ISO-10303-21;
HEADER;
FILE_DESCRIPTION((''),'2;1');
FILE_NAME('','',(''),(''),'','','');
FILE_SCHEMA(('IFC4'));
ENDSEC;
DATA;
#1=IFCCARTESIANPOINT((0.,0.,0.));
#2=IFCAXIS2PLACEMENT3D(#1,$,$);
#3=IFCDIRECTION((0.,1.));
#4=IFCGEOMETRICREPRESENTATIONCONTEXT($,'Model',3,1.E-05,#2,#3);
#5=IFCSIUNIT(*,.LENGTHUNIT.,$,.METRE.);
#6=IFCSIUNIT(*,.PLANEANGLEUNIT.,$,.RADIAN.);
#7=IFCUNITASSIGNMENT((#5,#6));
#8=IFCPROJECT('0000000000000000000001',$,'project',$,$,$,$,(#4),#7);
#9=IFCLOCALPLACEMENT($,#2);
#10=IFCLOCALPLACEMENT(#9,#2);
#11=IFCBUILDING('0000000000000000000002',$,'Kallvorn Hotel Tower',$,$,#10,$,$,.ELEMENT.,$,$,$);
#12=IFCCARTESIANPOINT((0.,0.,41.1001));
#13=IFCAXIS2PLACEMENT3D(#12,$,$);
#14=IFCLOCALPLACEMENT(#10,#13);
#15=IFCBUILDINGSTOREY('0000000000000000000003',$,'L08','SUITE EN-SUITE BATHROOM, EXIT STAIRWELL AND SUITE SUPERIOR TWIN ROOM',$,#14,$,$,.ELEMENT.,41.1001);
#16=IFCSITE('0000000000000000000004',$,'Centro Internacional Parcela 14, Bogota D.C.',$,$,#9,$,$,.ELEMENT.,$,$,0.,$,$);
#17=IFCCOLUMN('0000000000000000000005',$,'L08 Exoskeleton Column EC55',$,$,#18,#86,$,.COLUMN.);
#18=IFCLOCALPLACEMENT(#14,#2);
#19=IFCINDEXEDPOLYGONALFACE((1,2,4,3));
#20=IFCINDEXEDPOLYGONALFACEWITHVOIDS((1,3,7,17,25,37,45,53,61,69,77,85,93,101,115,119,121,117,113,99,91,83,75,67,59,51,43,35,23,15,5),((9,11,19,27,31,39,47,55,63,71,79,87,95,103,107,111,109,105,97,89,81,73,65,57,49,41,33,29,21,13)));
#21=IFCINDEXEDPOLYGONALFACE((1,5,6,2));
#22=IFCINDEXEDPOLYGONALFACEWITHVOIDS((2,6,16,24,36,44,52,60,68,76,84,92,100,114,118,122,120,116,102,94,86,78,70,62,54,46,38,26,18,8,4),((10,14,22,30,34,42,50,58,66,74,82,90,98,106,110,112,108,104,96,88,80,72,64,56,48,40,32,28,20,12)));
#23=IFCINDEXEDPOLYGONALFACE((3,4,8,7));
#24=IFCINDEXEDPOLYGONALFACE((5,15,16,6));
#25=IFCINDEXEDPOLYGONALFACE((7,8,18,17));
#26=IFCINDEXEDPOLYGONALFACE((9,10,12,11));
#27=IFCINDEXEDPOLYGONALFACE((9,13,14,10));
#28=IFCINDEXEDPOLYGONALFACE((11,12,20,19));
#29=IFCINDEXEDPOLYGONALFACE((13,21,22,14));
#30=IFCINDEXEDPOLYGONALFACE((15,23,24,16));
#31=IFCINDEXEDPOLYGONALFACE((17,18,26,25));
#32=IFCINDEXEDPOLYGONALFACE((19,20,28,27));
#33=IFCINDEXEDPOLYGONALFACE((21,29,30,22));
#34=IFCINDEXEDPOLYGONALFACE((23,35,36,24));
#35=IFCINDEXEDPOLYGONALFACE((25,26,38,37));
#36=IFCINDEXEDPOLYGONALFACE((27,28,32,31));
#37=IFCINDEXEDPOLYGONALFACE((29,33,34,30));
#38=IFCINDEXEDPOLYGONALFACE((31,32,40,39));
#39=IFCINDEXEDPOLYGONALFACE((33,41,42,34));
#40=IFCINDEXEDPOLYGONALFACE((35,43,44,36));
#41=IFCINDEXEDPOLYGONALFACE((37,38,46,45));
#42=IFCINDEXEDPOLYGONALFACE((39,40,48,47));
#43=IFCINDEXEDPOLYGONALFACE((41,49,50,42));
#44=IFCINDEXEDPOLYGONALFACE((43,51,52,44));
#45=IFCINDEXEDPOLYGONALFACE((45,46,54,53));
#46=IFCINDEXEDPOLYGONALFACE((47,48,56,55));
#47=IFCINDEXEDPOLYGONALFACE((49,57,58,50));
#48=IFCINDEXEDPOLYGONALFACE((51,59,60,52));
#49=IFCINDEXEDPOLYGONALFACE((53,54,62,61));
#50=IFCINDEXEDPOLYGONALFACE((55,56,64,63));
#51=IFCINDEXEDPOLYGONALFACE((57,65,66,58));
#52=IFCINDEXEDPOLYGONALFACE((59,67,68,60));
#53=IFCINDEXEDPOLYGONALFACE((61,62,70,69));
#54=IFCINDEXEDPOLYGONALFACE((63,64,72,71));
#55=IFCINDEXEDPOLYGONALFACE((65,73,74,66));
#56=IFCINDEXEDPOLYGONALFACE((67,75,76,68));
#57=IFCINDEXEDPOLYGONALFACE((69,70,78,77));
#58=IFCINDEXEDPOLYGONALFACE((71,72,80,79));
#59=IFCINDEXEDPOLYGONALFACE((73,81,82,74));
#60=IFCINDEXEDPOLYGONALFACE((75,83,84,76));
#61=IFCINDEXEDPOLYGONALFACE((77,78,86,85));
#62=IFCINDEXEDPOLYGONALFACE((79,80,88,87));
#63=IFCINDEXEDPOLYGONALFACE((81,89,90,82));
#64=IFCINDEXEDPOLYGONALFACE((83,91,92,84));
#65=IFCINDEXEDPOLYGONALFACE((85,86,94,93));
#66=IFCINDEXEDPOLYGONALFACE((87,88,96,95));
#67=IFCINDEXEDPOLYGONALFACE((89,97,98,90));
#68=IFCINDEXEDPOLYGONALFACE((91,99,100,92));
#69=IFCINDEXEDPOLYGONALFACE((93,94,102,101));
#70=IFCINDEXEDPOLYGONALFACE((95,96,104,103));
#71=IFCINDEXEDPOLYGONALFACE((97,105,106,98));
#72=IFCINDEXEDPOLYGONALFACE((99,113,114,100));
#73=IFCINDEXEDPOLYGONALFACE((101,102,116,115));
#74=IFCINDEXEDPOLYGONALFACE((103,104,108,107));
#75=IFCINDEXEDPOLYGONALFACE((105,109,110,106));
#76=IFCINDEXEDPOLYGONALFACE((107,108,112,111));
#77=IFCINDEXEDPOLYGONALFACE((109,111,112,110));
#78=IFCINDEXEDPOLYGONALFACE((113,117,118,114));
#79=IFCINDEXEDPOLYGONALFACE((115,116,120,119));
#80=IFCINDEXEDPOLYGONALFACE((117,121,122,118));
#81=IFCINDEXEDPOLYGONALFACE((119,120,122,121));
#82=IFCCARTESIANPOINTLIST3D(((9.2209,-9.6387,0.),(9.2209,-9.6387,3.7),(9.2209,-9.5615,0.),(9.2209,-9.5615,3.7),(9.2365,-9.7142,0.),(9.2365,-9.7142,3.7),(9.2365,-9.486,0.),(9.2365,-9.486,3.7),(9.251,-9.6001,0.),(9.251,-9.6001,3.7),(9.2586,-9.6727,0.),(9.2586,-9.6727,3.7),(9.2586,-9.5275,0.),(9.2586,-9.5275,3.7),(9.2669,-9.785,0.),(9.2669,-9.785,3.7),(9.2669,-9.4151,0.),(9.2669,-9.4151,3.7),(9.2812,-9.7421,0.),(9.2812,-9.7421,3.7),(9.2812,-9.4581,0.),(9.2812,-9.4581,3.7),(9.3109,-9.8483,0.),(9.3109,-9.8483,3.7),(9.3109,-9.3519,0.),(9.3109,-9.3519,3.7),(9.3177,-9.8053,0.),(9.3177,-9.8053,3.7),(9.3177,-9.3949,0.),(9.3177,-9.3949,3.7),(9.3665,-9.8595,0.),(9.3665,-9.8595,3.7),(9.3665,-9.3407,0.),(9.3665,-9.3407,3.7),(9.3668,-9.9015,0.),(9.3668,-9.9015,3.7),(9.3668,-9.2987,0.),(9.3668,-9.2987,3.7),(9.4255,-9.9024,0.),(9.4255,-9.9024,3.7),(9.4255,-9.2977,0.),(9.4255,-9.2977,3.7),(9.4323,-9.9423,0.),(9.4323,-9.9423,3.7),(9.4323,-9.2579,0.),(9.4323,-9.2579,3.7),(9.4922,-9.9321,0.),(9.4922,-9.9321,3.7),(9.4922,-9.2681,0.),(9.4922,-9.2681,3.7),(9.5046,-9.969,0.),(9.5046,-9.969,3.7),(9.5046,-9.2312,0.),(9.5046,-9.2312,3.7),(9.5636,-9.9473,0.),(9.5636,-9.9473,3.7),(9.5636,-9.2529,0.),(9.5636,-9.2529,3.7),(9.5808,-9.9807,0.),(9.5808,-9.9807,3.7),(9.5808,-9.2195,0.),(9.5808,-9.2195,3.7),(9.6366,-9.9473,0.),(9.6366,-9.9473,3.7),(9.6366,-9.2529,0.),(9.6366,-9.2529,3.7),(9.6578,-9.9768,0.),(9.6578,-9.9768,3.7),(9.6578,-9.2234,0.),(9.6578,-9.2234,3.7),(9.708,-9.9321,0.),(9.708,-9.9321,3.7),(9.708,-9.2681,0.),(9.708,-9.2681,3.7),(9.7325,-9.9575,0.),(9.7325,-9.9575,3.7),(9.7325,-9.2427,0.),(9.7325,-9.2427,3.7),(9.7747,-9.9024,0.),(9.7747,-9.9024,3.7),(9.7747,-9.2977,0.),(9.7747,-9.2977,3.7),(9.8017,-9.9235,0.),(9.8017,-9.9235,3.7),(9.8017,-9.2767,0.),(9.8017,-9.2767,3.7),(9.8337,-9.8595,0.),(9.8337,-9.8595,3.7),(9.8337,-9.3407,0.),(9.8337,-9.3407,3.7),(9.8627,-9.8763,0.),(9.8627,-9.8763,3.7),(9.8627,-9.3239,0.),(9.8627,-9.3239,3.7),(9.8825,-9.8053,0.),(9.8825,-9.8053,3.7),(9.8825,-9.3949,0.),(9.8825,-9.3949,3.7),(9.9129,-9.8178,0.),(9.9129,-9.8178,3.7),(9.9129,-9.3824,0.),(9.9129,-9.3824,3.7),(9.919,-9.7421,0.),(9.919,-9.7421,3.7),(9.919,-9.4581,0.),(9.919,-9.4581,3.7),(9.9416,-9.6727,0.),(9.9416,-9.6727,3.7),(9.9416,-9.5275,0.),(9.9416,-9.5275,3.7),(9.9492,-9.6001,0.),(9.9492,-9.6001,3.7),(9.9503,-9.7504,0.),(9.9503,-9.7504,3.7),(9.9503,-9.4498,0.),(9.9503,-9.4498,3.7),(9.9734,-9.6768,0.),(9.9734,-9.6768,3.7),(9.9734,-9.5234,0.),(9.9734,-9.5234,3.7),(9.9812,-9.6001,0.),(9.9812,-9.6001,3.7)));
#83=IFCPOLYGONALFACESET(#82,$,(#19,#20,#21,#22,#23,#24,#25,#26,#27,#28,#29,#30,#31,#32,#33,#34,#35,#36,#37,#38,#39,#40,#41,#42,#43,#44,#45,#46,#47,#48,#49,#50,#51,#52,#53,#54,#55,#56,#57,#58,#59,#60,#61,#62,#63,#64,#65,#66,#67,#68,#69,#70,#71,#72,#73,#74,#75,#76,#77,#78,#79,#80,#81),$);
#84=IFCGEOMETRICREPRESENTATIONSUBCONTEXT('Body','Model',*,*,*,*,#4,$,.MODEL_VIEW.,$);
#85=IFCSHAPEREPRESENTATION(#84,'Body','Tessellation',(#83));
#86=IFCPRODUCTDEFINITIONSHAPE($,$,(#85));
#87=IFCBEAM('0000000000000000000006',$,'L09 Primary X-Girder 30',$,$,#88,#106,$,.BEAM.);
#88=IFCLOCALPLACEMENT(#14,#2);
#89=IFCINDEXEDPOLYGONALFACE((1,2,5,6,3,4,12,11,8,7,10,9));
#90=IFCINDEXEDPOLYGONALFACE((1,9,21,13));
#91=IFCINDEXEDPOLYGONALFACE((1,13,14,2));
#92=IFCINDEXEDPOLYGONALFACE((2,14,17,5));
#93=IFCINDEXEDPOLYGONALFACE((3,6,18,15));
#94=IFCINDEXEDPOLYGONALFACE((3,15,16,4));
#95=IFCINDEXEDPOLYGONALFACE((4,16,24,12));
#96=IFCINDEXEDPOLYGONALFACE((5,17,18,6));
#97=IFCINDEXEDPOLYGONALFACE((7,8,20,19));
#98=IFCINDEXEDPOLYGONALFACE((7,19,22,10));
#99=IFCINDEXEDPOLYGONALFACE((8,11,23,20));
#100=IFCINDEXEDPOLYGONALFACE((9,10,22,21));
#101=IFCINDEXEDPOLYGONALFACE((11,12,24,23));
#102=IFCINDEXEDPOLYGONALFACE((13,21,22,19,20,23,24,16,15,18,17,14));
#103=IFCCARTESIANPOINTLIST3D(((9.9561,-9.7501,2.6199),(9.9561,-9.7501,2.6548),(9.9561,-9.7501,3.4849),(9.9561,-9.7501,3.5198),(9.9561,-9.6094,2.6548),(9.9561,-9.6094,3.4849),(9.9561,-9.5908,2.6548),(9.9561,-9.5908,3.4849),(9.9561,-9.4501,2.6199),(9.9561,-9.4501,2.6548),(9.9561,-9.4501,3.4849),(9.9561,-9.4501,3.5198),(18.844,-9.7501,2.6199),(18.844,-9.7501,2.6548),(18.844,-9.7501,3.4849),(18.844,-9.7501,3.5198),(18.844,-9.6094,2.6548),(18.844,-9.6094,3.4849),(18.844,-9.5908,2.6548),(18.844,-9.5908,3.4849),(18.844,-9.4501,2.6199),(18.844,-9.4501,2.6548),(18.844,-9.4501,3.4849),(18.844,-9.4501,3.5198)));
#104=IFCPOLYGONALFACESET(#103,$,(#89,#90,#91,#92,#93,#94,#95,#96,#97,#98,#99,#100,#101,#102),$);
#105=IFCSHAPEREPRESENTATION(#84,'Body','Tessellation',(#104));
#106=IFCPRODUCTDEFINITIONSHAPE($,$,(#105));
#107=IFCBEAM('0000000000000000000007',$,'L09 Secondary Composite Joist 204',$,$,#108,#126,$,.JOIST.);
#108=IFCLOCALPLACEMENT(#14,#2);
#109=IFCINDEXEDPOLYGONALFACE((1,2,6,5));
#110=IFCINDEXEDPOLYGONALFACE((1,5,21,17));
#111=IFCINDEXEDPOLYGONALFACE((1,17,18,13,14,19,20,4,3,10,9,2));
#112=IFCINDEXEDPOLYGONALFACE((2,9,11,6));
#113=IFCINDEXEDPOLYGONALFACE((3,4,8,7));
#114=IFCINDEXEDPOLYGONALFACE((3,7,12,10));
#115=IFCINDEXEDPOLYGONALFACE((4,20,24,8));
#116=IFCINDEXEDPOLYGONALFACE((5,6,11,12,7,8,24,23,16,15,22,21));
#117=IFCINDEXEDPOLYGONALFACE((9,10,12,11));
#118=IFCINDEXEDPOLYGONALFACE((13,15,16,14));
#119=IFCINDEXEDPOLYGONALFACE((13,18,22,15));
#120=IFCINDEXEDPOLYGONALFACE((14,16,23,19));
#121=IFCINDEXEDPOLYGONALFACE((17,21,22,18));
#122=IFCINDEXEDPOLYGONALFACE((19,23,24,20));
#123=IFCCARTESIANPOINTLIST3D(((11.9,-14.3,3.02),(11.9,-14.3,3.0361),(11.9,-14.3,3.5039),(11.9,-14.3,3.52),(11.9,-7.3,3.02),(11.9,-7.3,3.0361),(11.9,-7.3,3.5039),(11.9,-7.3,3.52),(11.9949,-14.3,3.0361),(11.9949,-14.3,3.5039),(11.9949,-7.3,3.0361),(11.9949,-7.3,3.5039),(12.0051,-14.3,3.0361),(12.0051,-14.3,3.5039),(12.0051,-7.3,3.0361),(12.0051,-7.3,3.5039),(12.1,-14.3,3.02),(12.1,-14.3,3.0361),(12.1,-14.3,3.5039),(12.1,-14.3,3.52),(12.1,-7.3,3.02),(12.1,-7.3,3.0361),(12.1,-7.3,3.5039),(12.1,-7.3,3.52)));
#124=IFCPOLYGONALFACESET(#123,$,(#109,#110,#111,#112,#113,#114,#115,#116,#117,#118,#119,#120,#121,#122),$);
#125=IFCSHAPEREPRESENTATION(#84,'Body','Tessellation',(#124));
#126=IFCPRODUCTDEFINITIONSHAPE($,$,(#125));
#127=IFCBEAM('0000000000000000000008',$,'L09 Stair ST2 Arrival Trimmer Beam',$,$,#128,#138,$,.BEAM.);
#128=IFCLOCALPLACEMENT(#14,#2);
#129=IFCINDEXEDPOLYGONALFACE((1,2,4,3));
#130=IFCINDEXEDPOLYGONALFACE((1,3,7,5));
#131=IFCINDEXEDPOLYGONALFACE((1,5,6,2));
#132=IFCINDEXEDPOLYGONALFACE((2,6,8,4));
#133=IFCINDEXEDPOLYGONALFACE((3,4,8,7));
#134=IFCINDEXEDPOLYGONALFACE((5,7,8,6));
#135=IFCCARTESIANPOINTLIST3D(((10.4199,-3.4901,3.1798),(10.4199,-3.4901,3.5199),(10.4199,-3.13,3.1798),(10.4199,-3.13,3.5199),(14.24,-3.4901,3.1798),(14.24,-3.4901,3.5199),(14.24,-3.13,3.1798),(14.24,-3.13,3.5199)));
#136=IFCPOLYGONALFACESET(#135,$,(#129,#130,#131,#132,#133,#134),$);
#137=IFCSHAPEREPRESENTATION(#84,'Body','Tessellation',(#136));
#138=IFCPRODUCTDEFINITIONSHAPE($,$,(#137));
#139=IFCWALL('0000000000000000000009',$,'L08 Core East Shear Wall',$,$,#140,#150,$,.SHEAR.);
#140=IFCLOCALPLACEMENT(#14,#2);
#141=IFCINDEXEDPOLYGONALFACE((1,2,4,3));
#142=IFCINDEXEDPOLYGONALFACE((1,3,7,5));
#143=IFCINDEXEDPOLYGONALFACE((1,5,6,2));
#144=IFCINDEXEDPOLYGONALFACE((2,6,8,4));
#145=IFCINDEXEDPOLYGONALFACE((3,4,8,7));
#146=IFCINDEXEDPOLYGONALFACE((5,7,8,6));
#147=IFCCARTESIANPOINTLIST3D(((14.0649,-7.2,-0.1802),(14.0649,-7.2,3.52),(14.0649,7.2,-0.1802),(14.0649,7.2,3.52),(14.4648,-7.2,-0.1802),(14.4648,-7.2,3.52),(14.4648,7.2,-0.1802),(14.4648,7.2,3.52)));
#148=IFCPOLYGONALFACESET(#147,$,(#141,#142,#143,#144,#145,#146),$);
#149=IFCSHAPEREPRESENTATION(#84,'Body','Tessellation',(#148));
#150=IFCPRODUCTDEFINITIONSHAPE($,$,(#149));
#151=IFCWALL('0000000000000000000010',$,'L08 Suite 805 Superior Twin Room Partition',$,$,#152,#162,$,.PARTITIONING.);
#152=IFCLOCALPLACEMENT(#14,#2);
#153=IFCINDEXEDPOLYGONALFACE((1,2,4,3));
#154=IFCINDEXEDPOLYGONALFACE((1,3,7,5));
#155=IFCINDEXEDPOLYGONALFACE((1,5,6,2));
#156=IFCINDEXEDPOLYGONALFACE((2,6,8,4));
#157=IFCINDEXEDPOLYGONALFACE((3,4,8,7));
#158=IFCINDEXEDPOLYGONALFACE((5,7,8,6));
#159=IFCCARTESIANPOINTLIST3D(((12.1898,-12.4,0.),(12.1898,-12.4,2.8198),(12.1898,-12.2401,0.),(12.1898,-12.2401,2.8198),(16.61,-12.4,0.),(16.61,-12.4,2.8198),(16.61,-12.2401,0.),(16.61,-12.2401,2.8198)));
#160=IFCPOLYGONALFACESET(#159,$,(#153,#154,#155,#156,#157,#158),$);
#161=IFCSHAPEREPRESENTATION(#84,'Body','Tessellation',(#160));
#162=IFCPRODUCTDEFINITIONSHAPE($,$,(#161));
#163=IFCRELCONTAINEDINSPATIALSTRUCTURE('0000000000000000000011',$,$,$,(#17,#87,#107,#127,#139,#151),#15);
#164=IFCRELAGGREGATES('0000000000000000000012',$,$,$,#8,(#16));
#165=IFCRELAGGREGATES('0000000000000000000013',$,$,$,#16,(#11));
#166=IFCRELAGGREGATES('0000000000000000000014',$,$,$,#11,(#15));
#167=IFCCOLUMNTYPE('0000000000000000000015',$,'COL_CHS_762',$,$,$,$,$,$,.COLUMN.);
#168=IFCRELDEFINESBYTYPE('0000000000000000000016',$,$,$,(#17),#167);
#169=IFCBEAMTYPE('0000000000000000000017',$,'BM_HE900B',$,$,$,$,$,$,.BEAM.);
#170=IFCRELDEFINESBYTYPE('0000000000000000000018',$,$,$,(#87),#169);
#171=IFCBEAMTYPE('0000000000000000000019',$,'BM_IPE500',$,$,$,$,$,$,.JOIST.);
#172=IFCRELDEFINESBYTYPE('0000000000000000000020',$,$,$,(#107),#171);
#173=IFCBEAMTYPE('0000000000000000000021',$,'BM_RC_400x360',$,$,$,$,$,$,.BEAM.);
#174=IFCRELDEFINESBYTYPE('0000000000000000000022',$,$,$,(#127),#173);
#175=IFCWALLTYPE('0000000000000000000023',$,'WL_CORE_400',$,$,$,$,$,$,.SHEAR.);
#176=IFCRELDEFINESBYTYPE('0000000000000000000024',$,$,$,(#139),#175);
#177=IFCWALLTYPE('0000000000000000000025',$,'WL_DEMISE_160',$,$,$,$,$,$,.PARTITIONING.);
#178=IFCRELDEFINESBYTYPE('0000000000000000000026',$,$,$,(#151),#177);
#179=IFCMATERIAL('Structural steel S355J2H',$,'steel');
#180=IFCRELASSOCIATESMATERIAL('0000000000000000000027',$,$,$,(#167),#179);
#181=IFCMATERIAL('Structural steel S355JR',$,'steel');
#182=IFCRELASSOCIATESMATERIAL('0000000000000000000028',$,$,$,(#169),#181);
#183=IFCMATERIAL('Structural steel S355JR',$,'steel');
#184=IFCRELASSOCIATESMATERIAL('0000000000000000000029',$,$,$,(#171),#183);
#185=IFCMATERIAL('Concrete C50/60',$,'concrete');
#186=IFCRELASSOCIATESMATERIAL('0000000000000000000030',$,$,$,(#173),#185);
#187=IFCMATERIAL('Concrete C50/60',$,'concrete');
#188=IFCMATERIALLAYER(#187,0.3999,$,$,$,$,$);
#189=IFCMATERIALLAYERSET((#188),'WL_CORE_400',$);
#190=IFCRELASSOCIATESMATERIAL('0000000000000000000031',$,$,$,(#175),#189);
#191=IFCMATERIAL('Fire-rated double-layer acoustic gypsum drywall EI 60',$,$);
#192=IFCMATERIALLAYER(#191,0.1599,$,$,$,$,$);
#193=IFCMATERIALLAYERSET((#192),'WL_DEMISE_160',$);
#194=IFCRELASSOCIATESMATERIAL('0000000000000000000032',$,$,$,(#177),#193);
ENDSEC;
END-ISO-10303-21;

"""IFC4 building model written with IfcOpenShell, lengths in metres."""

from ifc_helpers import new_model, si_unit, direction, frame, frame_2d, origin, origin_2d, place, context, subcontext, project, spatial, rectangle, hollow_circle, i_section, extrude, material, layer, layer_set, material_profile, profile_set, type_object, element, save


model = new_model("IFC4")

# Units and contexts
model_context = context("Model", 3, precision=1e-05, world=origin(), true_north=direction((0.0, 1.0)))
body_context = subcontext(model_context, "Body", "Model", "MODEL_VIEW")
ifc_project = project(units=[si_unit("LENGTHUNIT", "METRE"), si_unit("PLANEANGLEUNIT", "RADIAN")], contexts=[model_context])

# Site, building, storey
site_placement = place(None, origin())
site = spatial("IfcSite", under=ifc_project, at=site_placement, Name="Centro Internacional Parcela 14, Bogota D.C.", CompositionType="ELEMENT", RefElevation=0.0)
building_placement = place(site_placement, origin())
building = spatial("IfcBuilding", under=site, at=building_placement, Name="Kallvorn Hotel Tower", CompositionType="ELEMENT")
storey_placement = place(building_placement, frame((0.0, 0.0, 41.1001)))
storey = spatial("IfcBuildingStorey", under=building, at=storey_placement, Name="L08", Description="SUITE EN-SUITE BATHROOM, EXIT STAIRWELL AND SUITE SUPERIOR TWIN ROOM", CompositionType="ELEMENT", Elevation=41.1001)

# Column
ifc_material_1 = material(Name="Structural steel S355J2H", Category="steel")
ifc_material_profile_1 = material_profile(ifc_material_1, hollow_circle(Radius=0.3811, WallThickness=0.032, at=origin_2d()), Name="CHS 762x32")
ifc_profile_set_1 = profile_set([ifc_material_profile_1], Name="Structural steel S355J2H")
column_type = type_object("IfcColumnType", Name="COL_CHS_762", PredefinedType="COLUMN", material=ifc_profile_set_1)
column_placement = place(storey_placement, frame((9.6001, -9.6001, 0.0), z_axis=(0.0, 0.0, 1.0), x_axis=(1.0, 0.0, 0.0)))
element("IfcColumn", 1, at=column_placement, inside=storey, type_object=column_type, Name="L08 Exoskeleton Column EC55", PredefinedType="COLUMN", context=body_context, shape_type="SweptSolid", body=[
    extrude(hollow_circle(Radius=0.3811, WallThickness=0.032, at=origin_2d()), origin(), (0.0, 0.0, 1.0), 3.7),
])

# Beams
ifc_material_2 = material(Name="Structural steel S355JR", Category="steel")
ifc_material_profile_2 = material_profile(ifc_material_2, i_section(OverallWidth=0.3, OverallDepth=0.8999, WebThickness=0.0186, FlangeThickness=0.0349, at=origin_2d()), Name="HE 900 B")
ifc_profile_set_2 = profile_set([ifc_material_profile_2], Name="Structural steel S355JR")
beam_type_1 = type_object("IfcBeamType", Name="BM_HE900B", PredefinedType="BEAM", material=ifc_profile_set_2)
beam_1_placement = place(storey_placement, frame((9.9561, -9.6001, 3.0698), z_axis=(1.0, 0.0, 0.0), x_axis=(0.0, 1.0, 0.0)))
element("IfcBeam", 2, at=beam_1_placement, inside=storey, type_object=beam_type_1, Name="L09 Primary X-Girder 30", PredefinedType="BEAM", context=body_context, shape_type="SweptSolid", body=[
    extrude(i_section(OverallWidth=0.3, OverallDepth=0.8999, WebThickness=0.0186, FlangeThickness=0.0349, at=origin_2d()), origin(), (0.0, 0.0, 1.0), 8.8879),
])
ifc_material_3 = material(Name="Structural steel S355JR", Category="steel")
ifc_material_profile_3 = material_profile(ifc_material_3, i_section(OverallWidth=0.2, OverallDepth=0.5, WebThickness=0.0103, FlangeThickness=0.0161, at=origin_2d()), Name="IPE 500")
ifc_profile_set_3 = profile_set([ifc_material_profile_3], Name="Structural steel S355JR")
beam_type_2 = type_object("IfcBeamType", Name="BM_IPE500", PredefinedType="JOIST", material=ifc_profile_set_3)
beam_2_placement = place(storey_placement, frame((12.0, -14.3, 3.27), z_axis=(0.0, 1.0, 0.0), x_axis=(-1.0, 0.0, 0.0)))
element("IfcBeam", 3, at=beam_2_placement, inside=storey, type_object=beam_type_2, Name="L09 Secondary Composite Joist 204", PredefinedType="JOIST", context=body_context, shape_type="SweptSolid", body=[
    extrude(i_section(OverallWidth=0.2, OverallDepth=0.5, WebThickness=0.0103, FlangeThickness=0.0161, at=origin_2d()), origin(), (0.0, 0.0, 1.0), 7.0),
])
ifc_material_4 = material(Name="Concrete C50/60", Category="concrete")
ifc_material_profile_4 = material_profile(ifc_material_4, rectangle(XDim=0.3601, YDim=0.3401, at=origin_2d()), Name="RC 360x340")
ifc_profile_set_4 = profile_set([ifc_material_profile_4], Name="Concrete C50/60")
beam_type_3 = type_object("IfcBeamType", Name="BM_RC_400x360", PredefinedType="BEAM", material=ifc_profile_set_4)
beam_3_placement = place(storey_placement, frame((14.24, -3.3101, 3.3499), z_axis=(-1.0, 0.0, 0.0), x_axis=(0.0, -1.0, 0.0)))
element("IfcBeam", 4, at=beam_3_placement, inside=storey, type_object=beam_type_3, Name="L09 Stair ST2 Arrival Trimmer Beam", PredefinedType="BEAM", context=body_context, shape_type="SweptSolid", body=[
    extrude(rectangle(XDim=0.3601, YDim=0.3401, at=origin_2d()), origin(), (0.0, 0.0, 1.0), 3.8201),
])

# Walls
ifc_material_5 = material(Name="Concrete C50/60", Category="concrete")
ifc_layer_1 = layer(ifc_material_5, 0.3999)
ifc_layer_set_1 = layer_set([ifc_layer_1], Name="WL_CORE_400")
wall_type_1 = type_object("IfcWallType", Name="WL_CORE_400", PredefinedType="SHEAR", material=ifc_layer_set_1)
wall_1_placement = place(storey_placement, frame((14.2649, -7.2, -0.1802), z_axis=(0.0, 0.0, 1.0), x_axis=(0.0, 1.0, 0.0)))
element("IfcWall", 5, at=wall_1_placement, inside=storey, type_object=wall_type_1, Name="L08 Core East Shear Wall", PredefinedType="SHEAR", context=body_context, shape_type="SweptSolid", body=[
    extrude(rectangle(XDim=14.3999, YDim=0.3999, at=frame_2d((7.2, 0.0))), origin(), (0.0, 0.0, 1.0), 3.7002),
])
ifc_material_6 = material(Name="Fire-rated double-layer acoustic gypsum drywall EI 60")
ifc_layer_2 = layer(ifc_material_6, 0.1599)
ifc_layer_set_2 = layer_set([ifc_layer_2], Name="WL_DEMISE_160")
wall_type_2 = type_object("IfcWallType", Name="WL_DEMISE_160", PredefinedType="PARTITIONING", material=ifc_layer_set_2)
wall_2_placement = place(storey_placement, frame((12.1899, -12.3201, 0.0), z_axis=(0.0, 0.0, 1.0), x_axis=(1.0, 0.0, 0.0)))
element("IfcWall", 6, at=wall_2_placement, inside=storey, type_object=wall_type_2, Name="L08 Suite 805 Superior Twin Room Partition", PredefinedType="PARTITIONING", context=body_context, shape_type="SweptSolid", body=[
    extrude(rectangle(XDim=4.4202, YDim=0.1599, at=frame_2d((2.21, 0.0))), origin(), (0.0, 0.0, 1.0), 2.8198),
])

save(model, "model.ifc")
